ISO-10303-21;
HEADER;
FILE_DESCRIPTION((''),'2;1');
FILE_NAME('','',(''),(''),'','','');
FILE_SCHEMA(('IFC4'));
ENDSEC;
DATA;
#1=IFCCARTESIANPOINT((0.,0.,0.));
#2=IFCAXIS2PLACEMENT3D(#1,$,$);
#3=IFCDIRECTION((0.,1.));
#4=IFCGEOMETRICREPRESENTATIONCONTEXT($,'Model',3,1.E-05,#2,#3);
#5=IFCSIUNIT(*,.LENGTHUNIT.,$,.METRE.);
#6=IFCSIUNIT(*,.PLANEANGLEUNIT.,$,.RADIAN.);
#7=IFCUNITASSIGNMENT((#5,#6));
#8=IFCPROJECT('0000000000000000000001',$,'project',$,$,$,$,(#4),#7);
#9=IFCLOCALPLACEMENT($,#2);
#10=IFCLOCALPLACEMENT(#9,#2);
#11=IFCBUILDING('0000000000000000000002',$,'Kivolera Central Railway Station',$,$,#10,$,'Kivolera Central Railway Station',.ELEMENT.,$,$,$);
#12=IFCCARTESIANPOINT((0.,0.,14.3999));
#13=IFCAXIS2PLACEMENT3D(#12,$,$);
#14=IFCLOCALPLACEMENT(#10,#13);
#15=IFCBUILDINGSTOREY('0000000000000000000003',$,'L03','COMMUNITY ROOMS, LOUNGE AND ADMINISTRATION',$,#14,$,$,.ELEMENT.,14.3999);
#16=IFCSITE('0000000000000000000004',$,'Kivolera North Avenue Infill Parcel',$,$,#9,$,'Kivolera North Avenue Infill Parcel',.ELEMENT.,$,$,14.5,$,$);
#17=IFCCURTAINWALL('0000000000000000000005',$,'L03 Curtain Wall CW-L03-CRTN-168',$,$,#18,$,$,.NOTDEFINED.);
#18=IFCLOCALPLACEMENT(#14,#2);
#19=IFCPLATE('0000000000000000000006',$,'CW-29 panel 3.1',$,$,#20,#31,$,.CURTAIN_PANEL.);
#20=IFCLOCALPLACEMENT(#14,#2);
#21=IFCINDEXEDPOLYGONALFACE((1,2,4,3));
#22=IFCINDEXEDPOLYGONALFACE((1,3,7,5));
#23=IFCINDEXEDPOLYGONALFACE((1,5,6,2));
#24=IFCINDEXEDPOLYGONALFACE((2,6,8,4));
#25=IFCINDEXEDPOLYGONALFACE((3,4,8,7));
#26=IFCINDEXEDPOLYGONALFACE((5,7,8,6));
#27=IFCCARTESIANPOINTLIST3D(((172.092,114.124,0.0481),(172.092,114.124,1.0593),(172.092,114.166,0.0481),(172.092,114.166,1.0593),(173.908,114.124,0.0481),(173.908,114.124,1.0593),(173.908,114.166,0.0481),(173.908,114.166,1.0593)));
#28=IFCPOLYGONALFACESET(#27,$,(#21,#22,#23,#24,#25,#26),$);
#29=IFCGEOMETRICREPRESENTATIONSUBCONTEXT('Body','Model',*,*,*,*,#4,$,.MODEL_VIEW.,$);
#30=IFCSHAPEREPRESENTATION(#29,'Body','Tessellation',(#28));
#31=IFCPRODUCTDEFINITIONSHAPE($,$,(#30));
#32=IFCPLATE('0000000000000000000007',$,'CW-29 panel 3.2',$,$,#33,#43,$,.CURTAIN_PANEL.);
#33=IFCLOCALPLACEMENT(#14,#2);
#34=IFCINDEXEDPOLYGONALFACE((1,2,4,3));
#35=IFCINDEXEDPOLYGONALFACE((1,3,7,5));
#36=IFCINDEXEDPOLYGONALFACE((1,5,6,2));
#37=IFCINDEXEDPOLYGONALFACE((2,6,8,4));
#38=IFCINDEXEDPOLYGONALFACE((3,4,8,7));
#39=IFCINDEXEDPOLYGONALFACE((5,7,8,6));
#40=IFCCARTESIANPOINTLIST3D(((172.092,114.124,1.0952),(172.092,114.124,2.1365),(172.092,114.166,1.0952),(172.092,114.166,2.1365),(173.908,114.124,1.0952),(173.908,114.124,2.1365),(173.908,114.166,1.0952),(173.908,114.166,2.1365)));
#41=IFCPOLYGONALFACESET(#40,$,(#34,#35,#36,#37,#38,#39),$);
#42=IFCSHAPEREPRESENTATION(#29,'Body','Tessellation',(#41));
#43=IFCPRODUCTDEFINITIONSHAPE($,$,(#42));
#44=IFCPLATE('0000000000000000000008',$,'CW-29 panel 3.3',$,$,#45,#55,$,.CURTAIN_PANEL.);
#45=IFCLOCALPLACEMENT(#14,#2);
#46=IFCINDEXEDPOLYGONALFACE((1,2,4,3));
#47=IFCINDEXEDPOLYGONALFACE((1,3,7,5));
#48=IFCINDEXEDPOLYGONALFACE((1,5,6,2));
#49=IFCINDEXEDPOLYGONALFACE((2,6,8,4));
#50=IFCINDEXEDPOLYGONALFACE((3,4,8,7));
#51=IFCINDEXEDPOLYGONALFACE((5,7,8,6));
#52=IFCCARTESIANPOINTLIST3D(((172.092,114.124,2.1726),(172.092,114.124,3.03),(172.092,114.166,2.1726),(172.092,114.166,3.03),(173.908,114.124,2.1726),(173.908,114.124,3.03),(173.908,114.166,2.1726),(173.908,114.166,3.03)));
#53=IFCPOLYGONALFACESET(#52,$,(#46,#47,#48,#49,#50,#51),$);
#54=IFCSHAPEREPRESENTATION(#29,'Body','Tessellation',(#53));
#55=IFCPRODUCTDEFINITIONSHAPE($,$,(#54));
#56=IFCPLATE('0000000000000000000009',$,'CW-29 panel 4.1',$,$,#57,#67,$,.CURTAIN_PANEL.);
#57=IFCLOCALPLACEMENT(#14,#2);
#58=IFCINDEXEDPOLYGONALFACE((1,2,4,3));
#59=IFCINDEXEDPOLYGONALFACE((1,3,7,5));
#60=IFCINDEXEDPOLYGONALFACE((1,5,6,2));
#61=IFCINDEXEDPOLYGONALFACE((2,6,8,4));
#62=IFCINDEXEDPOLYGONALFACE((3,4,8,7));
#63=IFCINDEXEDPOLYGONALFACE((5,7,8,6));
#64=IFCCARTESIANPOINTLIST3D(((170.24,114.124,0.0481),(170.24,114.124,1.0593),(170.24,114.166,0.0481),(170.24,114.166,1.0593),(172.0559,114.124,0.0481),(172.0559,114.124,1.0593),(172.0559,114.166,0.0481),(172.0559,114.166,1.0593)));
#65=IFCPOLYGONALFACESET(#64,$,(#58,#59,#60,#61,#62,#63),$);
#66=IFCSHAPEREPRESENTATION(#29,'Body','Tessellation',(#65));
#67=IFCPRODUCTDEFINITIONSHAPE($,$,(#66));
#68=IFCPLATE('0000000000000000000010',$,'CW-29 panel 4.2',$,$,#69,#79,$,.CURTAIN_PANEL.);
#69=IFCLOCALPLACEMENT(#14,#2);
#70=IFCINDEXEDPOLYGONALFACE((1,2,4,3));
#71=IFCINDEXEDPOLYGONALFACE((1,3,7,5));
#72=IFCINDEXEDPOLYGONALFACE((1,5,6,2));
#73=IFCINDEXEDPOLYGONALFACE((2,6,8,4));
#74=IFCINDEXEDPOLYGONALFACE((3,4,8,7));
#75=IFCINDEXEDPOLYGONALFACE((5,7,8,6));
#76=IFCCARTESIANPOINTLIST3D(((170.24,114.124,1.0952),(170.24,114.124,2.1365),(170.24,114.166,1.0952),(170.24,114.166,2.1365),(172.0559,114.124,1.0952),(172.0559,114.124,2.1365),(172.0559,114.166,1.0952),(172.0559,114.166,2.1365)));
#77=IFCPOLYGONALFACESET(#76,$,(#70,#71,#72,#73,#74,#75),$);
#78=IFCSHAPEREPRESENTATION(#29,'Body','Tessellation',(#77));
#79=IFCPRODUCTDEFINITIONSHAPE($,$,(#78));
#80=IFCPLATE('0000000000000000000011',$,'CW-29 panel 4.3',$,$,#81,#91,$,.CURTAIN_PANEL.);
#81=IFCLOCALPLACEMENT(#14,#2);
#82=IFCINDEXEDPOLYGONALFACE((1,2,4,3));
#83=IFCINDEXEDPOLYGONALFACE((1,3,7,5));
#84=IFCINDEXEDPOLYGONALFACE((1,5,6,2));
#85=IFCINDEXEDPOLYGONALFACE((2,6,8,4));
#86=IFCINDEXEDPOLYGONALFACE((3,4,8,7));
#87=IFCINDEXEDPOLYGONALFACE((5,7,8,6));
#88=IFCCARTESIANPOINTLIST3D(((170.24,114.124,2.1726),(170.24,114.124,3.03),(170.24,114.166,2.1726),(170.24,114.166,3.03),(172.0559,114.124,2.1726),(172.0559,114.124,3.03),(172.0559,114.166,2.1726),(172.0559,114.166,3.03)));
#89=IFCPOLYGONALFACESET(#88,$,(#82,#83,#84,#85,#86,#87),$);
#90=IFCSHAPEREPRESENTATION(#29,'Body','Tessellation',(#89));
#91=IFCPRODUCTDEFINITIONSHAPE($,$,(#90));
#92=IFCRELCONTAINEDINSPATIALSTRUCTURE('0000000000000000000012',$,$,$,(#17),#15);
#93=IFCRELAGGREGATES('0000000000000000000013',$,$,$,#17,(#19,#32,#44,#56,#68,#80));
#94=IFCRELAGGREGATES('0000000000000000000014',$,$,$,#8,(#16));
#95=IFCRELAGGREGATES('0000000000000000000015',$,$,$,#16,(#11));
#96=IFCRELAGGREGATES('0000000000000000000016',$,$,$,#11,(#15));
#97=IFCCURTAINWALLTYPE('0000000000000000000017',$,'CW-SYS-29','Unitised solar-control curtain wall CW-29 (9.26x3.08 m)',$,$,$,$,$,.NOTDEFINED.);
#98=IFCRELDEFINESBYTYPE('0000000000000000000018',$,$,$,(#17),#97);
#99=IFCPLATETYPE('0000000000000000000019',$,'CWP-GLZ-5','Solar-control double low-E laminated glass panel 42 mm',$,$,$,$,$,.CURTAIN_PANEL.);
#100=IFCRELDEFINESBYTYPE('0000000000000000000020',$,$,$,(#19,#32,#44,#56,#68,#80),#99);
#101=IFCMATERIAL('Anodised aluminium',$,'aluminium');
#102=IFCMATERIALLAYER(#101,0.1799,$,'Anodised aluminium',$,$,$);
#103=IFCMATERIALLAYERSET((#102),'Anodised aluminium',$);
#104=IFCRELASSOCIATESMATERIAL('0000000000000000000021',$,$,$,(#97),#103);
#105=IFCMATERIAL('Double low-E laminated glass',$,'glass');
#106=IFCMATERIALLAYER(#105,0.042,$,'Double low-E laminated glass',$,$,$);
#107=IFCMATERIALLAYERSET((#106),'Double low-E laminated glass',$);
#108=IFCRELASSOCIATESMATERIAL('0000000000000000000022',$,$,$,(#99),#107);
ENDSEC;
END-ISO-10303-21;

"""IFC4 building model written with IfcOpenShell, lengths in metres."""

from ifc_helpers import new_model, si_unit, direction, frame, origin, origin_2d, place, context, subcontext, project, spatial, rectangle, extrude, material, layer, layer_set, type_object, element, aggregate, save


model = new_model("IFC4")

# Units and contexts
model_context = context("Model", 3, precision=1e-05, world=origin(), true_north=direction((0.0, 1.0)))
body_context = subcontext(model_context, "Body", "Model", "MODEL_VIEW")
ifc_project = project(units=[si_unit("LENGTHUNIT", "METRE"), si_unit("PLANEANGLEUNIT", "RADIAN")], contexts=[model_context])

# Site, building, storey
site_placement = place(None, origin())
site = spatial("IfcSite", under=ifc_project, at=site_placement, Name="Kivolera North Avenue Infill Parcel", LongName="Kivolera North Avenue Infill Parcel", CompositionType="ELEMENT", RefElevation=14.5)
building_placement = place(site_placement, origin())
building = spatial("IfcBuilding", under=site, at=building_placement, Name="Kivolera Central Railway Station", LongName="Kivolera Central Railway Station", CompositionType="ELEMENT")
storey_placement = place(building_placement, frame((0.0, 0.0, 14.3999)))
storey = spatial("IfcBuildingStorey", under=building, at=storey_placement, Name="L03", Description="COMMUNITY ROOMS, LOUNGE AND ADMINISTRATION", CompositionType="ELEMENT", Elevation=14.3999)

# Curtain wall, plates
ifc_material_1 = material(Name="Anodised aluminium", Category="aluminium")
ifc_layer_1 = layer(ifc_material_1, 0.1799, Name="Anodised aluminium")
ifc_layer_set_1 = layer_set([ifc_layer_1], Name="Anodised aluminium")
curtain_wall_type = type_object("IfcCurtainWallType", Name="CW-SYS-29", Description="Unitised solar-control curtain wall CW-29 (9.26x3.08 m)", PredefinedType="NOTDEFINED", material=ifc_layer_set_1)
curtain_wall_placement = place(storey_placement, origin())
curtain_wall = element("IfcCurtainWall", 1, at=curtain_wall_placement, inside=storey, type_object=curtain_wall_type, Name="L03 Curtain Wall CW-L03-CRTN-168", PredefinedType="NOTDEFINED")
ifc_material_2 = material(Name="Double low-E laminated glass", Category="glass")
ifc_layer_2 = layer(ifc_material_2, 0.042, Name="Double low-E laminated glass")
ifc_layer_set_2 = layer_set([ifc_layer_2], Name="Double low-E laminated glass")
plate_type = type_object("IfcPlateType", Name="CWP-GLZ-5", Description="Solar-control double low-E laminated glass panel 42 mm", PredefinedType="CURTAIN_PANEL", material=ifc_layer_set_2)
plate_1_placement = place(storey_placement, frame((173.0, 114.145, 0.0481), z_axis=(0.0, 0.0, 1.0), x_axis=(-1.0, 0.0, 0.0)))
plate_1 = element("IfcPlate", 2, at=plate_1_placement, type_object=plate_type, Name="CW-29 panel 3.1", PredefinedType="CURTAIN_PANEL", context=body_context, shape_type="SweptSolid", body=[
    extrude(rectangle(XDim=1.8159, YDim=0.042, at=origin_2d()), origin(), (0.0, 0.0, 1.0), 1.0112),
])
plate_2_placement = place(storey_placement, frame((173.0, 114.145, 1.0952), z_axis=(0.0, 0.0, 1.0), x_axis=(-1.0, 0.0, 0.0)))
plate_2 = element("IfcPlate", 3, at=plate_2_placement, type_object=plate_type, Name="CW-29 panel 3.2", PredefinedType="CURTAIN_PANEL", context=body_context, shape_type="SweptSolid", body=[
    extrude(rectangle(XDim=1.8159, YDim=0.042, at=origin_2d()), origin(), (0.0, 0.0, 1.0), 1.0413),
])
plate_3_placement = place(storey_placement, frame((173.0, 114.145, 2.1726), z_axis=(0.0, 0.0, 1.0), x_axis=(-1.0, 0.0, 0.0)))
plate_3 = element("IfcPlate", 4, at=plate_3_placement, type_object=plate_type, Name="CW-29 panel 3.3", PredefinedType="CURTAIN_PANEL", context=body_context, shape_type="SweptSolid", body=[
    extrude(rectangle(XDim=1.8159, YDim=0.042, at=origin_2d()), origin(), (0.0, 0.0, 1.0), 0.8574),
])
plate_4_placement = place(storey_placement, frame((171.1479, 114.145, 0.0481), z_axis=(0.0, 0.0, 1.0), x_axis=(-1.0, 0.0, 0.0)))
plate_4 = element("IfcPlate", 5, at=plate_4_placement, type_object=plate_type, Name="CW-29 panel 4.1", PredefinedType="CURTAIN_PANEL", context=body_context, shape_type="SweptSolid", body=[
    extrude(rectangle(XDim=1.8159, YDim=0.042, at=origin_2d()), origin(), (0.0, 0.0, 1.0), 1.0112),
])
plate_5_placement = place(storey_placement, frame((171.1479, 114.145, 1.0952), z_axis=(0.0, 0.0, 1.0), x_axis=(-1.0, 0.0, 0.0)))
plate_5 = element("IfcPlate", 6, at=plate_5_placement, type_object=plate_type, Name="CW-29 panel 4.2", PredefinedType="CURTAIN_PANEL", context=body_context, shape_type="SweptSolid", body=[
    extrude(rectangle(XDim=1.8159, YDim=0.042, at=origin_2d()), origin(), (0.0, 0.0, 1.0), 1.0413),
])
plate_6_placement = place(storey_placement, frame((171.1479, 114.145, 2.1726), z_axis=(0.0, 0.0, 1.0), x_axis=(-1.0, 0.0, 0.0)))
plate_6 = element("IfcPlate", 7, at=plate_6_placement, type_object=plate_type, Name="CW-29 panel 4.3", PredefinedType="CURTAIN_PANEL", context=body_context, shape_type="SweptSolid", body=[
    extrude(rectangle(XDim=1.8159, YDim=0.042, at=origin_2d()), origin(), (0.0, 0.0, 1.0), 0.8574),
])
aggregate(curtain_wall, [plate_1, plate_2, plate_3, plate_4, plate_5, plate_6])

save(model, "model.ifc")
